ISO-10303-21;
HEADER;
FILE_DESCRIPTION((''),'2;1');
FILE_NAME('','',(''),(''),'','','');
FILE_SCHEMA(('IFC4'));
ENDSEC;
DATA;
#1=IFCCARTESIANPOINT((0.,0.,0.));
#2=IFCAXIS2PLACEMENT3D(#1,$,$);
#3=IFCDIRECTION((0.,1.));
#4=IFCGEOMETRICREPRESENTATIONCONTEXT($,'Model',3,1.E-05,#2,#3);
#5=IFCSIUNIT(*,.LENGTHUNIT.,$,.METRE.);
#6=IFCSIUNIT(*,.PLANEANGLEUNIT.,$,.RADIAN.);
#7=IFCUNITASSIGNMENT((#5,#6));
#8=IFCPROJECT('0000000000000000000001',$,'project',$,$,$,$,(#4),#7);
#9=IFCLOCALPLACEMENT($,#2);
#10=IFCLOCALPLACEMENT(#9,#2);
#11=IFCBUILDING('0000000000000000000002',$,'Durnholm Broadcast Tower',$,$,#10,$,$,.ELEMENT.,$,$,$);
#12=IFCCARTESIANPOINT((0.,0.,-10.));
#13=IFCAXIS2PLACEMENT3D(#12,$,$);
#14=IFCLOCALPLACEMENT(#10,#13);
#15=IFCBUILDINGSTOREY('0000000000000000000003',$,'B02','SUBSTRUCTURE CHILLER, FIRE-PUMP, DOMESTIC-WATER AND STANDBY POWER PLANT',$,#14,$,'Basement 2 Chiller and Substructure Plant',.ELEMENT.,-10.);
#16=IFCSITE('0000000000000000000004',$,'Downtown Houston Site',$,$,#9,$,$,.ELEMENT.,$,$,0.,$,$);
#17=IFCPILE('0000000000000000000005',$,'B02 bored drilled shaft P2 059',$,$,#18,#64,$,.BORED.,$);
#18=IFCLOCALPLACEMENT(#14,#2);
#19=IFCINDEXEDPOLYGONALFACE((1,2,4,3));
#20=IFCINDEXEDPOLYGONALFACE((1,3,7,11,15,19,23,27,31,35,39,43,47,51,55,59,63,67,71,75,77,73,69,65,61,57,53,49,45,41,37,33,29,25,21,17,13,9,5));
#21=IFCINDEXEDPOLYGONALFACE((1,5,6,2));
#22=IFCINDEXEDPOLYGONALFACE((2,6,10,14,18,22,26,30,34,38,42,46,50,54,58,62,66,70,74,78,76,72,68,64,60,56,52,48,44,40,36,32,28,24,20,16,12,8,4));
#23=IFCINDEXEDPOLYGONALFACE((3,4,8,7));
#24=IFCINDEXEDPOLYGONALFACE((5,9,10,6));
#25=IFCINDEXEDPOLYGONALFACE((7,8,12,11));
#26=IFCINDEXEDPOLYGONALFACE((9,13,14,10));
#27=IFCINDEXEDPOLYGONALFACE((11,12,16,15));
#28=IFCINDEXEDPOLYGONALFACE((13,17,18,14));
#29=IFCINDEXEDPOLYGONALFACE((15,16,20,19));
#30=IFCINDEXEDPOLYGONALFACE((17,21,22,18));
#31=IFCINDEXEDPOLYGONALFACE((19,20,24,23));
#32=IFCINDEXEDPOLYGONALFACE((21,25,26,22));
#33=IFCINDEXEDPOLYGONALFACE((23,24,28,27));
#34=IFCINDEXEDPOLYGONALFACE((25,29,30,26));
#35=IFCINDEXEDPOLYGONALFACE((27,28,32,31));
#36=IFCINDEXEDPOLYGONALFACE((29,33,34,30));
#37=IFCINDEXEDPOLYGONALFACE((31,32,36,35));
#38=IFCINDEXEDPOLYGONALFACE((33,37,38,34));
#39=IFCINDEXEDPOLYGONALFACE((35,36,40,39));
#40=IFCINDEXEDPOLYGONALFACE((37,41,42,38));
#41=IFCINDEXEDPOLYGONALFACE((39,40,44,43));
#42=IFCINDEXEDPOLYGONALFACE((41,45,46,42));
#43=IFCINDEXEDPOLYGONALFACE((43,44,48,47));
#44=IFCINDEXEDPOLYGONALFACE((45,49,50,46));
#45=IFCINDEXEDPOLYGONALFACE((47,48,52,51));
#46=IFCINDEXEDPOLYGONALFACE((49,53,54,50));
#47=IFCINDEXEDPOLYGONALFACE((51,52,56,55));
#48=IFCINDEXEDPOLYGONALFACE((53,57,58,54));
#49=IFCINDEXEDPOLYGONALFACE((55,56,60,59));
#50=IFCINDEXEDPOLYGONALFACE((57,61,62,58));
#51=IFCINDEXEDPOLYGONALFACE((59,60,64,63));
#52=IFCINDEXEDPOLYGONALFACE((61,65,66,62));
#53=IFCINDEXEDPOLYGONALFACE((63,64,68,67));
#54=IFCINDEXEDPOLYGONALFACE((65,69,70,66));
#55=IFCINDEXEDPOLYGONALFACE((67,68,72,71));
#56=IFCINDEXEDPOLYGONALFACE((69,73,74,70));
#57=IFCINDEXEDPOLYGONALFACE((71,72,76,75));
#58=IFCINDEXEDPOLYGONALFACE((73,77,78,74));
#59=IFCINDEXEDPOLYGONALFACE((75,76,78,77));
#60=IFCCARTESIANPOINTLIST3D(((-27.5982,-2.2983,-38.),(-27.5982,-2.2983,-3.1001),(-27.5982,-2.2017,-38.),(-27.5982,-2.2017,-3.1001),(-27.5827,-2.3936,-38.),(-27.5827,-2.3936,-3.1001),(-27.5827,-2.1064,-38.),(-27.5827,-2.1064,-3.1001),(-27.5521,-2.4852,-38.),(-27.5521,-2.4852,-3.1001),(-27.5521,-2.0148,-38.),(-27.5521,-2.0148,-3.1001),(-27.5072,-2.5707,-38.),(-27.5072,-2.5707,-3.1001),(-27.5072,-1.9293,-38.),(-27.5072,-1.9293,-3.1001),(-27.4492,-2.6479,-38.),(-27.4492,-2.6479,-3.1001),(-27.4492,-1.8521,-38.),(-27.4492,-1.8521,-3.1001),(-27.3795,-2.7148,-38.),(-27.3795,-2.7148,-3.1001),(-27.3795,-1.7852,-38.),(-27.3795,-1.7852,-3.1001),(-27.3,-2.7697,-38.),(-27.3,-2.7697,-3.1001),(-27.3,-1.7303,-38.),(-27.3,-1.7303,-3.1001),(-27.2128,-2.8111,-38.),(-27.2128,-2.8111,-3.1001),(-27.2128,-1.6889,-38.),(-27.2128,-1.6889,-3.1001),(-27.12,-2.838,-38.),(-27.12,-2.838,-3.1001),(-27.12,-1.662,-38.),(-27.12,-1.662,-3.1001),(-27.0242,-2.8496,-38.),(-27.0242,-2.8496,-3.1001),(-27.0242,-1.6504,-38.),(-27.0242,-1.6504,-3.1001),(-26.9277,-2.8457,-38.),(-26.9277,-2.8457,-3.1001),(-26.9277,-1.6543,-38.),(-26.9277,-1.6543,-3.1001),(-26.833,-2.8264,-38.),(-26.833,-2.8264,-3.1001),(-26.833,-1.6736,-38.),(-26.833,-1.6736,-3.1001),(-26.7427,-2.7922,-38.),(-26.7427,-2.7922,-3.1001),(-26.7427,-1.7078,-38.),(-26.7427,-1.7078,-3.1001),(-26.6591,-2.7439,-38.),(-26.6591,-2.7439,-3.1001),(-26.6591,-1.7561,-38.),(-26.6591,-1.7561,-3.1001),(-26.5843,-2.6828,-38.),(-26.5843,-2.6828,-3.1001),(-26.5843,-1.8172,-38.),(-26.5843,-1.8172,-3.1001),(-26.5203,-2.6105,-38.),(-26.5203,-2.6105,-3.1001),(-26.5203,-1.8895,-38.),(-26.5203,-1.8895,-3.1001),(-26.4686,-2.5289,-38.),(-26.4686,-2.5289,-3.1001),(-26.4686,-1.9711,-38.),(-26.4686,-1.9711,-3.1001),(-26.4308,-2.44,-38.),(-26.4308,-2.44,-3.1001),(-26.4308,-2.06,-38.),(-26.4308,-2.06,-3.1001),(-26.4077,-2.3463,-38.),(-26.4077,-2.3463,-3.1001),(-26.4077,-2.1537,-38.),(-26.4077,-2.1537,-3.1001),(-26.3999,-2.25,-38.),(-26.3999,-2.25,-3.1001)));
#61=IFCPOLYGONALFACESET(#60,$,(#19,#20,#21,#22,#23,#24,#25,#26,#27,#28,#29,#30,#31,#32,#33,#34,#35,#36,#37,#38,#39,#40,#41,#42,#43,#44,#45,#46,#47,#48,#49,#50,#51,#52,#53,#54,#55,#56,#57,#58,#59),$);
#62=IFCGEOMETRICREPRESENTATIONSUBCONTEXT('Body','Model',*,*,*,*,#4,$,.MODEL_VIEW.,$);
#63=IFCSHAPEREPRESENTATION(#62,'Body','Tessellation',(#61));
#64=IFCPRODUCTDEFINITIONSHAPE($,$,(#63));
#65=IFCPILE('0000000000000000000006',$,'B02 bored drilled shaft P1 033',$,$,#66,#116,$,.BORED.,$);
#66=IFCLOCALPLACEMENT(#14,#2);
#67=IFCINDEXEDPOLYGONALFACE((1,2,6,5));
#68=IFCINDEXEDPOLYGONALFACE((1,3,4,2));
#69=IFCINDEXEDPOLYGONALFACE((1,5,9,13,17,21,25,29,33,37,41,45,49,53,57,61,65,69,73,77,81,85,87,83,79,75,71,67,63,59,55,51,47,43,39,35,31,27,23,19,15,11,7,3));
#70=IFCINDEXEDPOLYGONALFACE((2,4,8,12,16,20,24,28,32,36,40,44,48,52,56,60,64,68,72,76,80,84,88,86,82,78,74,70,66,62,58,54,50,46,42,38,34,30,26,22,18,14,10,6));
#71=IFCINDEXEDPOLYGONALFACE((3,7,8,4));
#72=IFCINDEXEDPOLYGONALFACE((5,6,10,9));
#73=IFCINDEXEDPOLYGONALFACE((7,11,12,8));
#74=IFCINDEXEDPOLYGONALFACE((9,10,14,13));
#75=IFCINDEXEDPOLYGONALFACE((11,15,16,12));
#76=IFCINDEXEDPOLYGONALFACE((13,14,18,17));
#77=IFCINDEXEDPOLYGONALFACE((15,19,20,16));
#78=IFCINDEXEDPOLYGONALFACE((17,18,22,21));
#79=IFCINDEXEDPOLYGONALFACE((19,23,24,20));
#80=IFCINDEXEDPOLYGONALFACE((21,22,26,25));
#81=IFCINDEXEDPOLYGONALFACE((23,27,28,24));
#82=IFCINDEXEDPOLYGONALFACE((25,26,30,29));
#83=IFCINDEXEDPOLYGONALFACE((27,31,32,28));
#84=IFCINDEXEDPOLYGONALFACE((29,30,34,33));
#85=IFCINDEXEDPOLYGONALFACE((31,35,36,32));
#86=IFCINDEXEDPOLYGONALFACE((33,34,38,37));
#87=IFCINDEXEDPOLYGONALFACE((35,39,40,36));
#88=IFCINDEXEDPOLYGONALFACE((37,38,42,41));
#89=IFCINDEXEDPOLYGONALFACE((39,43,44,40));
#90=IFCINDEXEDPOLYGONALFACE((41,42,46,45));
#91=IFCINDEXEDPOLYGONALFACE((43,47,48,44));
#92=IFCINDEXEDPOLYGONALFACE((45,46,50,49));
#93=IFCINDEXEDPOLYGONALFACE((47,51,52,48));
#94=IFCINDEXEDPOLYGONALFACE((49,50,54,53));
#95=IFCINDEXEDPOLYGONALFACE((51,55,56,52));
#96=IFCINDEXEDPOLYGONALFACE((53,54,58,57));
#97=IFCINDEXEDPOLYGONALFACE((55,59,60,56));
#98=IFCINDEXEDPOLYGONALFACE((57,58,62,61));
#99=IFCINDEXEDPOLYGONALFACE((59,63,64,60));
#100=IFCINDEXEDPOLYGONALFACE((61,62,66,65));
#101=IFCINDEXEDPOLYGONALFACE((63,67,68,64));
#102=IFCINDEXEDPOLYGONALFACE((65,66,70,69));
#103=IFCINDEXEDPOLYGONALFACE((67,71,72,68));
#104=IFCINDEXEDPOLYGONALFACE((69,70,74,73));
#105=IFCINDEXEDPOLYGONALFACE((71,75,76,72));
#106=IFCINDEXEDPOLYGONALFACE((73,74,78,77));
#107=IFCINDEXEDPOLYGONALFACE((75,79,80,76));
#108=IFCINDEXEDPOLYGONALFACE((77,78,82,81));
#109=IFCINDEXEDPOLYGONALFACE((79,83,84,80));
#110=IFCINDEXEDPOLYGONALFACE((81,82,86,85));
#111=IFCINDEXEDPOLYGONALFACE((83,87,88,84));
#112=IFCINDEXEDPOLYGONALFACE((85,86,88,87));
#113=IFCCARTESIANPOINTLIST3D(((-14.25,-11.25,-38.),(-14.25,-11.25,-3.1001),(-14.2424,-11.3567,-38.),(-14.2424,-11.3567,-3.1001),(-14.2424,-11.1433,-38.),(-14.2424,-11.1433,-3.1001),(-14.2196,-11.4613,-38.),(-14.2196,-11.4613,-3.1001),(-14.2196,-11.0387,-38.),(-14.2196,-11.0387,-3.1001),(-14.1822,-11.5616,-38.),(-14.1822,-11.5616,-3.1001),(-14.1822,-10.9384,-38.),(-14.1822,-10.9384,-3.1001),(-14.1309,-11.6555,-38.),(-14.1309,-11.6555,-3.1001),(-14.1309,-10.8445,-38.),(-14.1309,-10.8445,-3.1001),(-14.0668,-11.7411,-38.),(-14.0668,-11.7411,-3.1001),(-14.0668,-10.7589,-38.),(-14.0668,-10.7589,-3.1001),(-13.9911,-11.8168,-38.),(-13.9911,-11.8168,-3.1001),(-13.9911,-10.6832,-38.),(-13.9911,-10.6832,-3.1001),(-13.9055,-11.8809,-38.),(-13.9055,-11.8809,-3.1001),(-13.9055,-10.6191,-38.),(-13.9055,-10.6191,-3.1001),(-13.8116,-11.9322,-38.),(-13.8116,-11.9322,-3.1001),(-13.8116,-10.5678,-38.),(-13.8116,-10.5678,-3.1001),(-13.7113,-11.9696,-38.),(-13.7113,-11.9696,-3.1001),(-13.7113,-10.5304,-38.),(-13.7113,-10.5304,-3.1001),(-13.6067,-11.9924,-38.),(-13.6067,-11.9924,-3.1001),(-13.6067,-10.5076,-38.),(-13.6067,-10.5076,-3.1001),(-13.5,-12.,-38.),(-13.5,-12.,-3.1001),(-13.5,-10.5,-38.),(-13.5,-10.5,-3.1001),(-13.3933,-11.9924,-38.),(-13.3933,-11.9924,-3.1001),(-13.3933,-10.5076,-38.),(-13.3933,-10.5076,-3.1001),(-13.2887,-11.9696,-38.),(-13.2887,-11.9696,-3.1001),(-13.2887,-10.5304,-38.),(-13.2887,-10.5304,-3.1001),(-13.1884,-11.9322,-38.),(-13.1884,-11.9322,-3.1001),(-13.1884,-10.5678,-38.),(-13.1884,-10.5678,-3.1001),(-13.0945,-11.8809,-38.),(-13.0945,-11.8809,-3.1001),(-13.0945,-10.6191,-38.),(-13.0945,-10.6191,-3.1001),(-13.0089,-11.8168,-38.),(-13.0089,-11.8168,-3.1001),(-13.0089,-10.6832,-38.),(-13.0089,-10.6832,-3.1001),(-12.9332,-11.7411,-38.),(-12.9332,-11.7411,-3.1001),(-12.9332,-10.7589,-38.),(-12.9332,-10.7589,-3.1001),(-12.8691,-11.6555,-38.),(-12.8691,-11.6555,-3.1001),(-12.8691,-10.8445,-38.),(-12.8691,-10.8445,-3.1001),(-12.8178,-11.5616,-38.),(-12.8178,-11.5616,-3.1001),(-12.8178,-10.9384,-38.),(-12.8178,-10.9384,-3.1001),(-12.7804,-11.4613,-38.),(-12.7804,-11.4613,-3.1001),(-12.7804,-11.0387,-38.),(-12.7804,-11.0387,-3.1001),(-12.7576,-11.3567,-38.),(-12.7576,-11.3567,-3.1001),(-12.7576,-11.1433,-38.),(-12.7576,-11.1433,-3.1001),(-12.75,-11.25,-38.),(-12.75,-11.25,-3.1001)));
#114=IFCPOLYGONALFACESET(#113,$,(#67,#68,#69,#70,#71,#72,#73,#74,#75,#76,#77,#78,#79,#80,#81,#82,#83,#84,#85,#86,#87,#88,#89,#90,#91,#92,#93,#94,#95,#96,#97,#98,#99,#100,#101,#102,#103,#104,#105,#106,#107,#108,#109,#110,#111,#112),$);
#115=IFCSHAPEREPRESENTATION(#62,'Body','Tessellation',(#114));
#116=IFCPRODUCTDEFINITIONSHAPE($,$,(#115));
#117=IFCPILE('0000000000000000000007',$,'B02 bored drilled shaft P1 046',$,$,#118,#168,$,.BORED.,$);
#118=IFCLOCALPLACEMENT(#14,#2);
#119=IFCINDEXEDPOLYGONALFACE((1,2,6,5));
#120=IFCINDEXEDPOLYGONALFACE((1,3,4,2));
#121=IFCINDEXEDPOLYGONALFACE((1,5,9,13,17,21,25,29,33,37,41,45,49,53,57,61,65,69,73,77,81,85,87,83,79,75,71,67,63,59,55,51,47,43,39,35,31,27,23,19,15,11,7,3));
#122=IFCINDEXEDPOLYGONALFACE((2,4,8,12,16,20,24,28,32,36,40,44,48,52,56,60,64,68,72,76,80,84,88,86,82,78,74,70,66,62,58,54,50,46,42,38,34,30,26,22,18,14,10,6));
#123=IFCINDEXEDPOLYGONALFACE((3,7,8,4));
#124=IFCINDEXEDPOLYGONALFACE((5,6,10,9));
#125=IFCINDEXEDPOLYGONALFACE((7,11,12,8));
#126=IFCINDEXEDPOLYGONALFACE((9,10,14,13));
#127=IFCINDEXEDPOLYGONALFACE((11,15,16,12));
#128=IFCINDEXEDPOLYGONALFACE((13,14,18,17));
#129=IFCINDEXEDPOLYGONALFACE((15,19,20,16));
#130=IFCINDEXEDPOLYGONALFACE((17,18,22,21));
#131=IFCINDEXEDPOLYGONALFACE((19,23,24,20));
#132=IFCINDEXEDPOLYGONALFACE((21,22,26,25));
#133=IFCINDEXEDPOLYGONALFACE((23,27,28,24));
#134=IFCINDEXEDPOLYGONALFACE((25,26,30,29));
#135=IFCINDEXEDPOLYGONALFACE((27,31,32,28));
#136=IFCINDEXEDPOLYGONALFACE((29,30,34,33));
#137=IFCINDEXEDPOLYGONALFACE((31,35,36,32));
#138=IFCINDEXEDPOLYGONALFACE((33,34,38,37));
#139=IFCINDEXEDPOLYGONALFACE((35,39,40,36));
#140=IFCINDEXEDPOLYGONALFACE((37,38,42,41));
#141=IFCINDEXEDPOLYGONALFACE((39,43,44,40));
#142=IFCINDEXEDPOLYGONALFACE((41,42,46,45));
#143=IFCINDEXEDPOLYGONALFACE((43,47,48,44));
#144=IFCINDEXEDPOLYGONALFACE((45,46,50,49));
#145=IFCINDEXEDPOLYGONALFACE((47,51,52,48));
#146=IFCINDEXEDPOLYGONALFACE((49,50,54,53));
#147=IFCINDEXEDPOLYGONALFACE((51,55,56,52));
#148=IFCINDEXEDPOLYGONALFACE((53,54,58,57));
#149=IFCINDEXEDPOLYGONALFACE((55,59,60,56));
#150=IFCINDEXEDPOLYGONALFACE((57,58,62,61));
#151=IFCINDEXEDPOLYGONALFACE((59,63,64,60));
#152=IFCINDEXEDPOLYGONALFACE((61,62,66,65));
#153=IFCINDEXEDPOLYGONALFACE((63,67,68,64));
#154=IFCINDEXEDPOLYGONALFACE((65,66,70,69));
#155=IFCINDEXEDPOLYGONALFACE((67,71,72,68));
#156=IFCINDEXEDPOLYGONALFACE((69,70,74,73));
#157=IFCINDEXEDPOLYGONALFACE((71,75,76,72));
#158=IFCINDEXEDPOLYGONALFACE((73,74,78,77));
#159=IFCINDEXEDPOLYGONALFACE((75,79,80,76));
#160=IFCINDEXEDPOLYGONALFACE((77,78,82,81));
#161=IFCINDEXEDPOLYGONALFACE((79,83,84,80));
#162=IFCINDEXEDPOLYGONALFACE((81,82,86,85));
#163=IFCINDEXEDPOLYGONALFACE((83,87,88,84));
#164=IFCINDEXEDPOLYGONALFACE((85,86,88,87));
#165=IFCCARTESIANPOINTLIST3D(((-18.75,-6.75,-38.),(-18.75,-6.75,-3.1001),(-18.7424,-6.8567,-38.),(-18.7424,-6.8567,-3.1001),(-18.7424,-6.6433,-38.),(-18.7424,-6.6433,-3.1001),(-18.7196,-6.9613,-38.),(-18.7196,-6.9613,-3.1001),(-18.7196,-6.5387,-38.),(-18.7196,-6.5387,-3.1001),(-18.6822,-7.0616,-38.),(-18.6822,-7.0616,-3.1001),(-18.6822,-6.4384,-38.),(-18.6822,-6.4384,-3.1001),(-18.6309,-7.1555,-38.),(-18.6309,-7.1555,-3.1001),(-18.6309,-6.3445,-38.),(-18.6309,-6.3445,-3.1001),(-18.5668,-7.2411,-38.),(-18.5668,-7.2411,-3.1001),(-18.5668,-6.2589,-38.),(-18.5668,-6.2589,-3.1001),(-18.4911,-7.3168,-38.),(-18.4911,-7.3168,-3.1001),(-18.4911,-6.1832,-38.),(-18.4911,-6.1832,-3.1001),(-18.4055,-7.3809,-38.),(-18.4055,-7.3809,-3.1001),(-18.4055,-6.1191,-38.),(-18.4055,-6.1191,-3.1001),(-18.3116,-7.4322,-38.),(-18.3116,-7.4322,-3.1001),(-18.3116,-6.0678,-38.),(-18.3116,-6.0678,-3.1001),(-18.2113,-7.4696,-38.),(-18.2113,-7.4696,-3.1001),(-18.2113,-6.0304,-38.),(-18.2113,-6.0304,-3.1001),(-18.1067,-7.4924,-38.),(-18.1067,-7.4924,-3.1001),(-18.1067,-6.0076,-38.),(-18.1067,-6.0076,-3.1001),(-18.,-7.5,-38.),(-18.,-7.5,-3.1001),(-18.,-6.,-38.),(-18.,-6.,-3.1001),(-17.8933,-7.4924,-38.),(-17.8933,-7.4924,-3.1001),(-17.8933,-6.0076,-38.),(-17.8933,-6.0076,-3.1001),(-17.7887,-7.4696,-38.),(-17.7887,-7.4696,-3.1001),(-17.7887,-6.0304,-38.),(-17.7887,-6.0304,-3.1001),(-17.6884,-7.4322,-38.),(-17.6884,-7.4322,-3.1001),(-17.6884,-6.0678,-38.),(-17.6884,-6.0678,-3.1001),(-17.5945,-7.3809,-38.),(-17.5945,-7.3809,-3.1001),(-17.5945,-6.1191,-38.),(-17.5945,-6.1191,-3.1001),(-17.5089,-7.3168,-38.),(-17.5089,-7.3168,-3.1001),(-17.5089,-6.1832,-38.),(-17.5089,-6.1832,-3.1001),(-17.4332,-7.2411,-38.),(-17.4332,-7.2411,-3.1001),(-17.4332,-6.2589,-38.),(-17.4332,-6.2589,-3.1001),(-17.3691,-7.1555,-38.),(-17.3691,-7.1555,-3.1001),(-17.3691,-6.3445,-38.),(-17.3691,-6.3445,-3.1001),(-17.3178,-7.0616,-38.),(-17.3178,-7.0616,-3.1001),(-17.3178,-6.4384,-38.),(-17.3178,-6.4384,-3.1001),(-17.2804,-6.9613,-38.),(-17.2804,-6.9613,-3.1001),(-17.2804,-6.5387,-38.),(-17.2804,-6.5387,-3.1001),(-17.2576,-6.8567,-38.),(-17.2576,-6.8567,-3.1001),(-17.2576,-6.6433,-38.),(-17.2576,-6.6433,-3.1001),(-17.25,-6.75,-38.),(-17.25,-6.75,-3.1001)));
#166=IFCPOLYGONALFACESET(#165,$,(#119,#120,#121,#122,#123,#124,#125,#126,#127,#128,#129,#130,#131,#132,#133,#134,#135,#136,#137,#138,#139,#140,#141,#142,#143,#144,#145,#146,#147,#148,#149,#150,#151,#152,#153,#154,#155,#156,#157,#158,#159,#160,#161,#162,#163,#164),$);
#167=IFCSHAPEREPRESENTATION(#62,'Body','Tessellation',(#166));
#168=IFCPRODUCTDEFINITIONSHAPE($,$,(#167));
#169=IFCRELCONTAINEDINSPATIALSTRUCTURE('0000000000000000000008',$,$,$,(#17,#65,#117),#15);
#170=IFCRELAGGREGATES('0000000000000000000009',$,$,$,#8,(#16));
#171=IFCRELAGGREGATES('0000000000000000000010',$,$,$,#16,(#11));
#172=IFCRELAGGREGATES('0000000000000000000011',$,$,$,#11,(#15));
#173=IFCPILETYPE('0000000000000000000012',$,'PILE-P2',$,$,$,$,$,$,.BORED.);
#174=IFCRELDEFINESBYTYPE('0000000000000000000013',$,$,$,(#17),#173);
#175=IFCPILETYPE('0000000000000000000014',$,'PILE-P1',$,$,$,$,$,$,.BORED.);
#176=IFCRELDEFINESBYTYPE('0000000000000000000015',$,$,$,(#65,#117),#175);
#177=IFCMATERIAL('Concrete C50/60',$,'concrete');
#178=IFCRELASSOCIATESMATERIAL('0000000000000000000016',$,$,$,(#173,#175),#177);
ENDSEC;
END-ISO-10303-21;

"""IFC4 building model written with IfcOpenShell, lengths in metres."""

from ifc_helpers import new_model, si_unit, direction, frame, origin, origin_2d, place, context, subcontext, project, spatial, circle, extrude, source, transform, mapped, material, material_profile, profile_set, type_object, type_shapes, element, save


model = new_model("IFC4")

# Units and contexts
model_context = context("Model", 3, precision=1e-05, world=origin(), true_north=direction((0.0, 1.0)))
body_context = subcontext(model_context, "Body", "Model", "MODEL_VIEW")
ifc_project = project(units=[si_unit("LENGTHUNIT", "METRE"), si_unit("PLANEANGLEUNIT", "RADIAN")], contexts=[model_context])

# Site, building, storey
site_placement = place(None, origin())
site = spatial("IfcSite", under=ifc_project, at=site_placement, Name="Downtown Houston Site", CompositionType="ELEMENT", RefElevation=0.0)
building_placement = place(site_placement, origin())
building = spatial("IfcBuilding", under=site, at=building_placement, Name="Durnholm Broadcast Tower", CompositionType="ELEMENT")
storey_placement = place(building_placement, frame((0.0, 0.0, -10.0)))
storey = spatial("IfcBuildingStorey", under=building, at=storey_placement, Name="B02", Description="SUBSTRUCTURE CHILLER, FIRE-PUMP, DOMESTIC-WATER AND STANDBY POWER PLANT", LongName="Basement 2 Chiller and Substructure Plant", CompositionType="ELEMENT", Elevation=-10.0)

# Piles
ifc_material_1 = material(Name="Concrete C50/60", Category="concrete")
ifc_material_profile_1 = material_profile(ifc_material_1, circle(Radius=0.6001, at=origin_2d()), Name="PILE1200")
ifc_profile_set_1 = profile_set([ifc_material_profile_1], Name="Concrete C50/60")
pile_type_1 = type_object("IfcPileType", Name="PILE-P2", PredefinedType="BORED", material=ifc_profile_set_1)
shared_shape_1 = source(origin(), body_context, "Body", "SweptSolid", [
    extrude(circle(Radius=0.6001, at=origin_2d()), origin(), (0.0, 0.0, 1.0), 34.8999),
])
type_shapes(pile_type_1, [shared_shape_1])
for number, where, z_axis, x_axis, name in (
    (1, (-27.0, -2.25, -3.1001), (0.0, 0.0, -1.0), (1.0, 0.0, 0.0), "B02 bored drilled shaft P2 059"),
):
    element("IfcPile", number, at=place(storey_placement, frame(where, z_axis=z_axis, x_axis=x_axis)), inside=storey, type_object=pile_type_1, Name=name, PredefinedType="BORED", context=body_context, shape_type="MappedRepresentation", body=[
        mapped(shared_shape_1, transform((0.0, 0.0, 0.0), x_axis=(1.0, 0.0, 0.0), y_axis=(0.0, 1.0, 0.0), z_axis=(0.0, 0.0, 1.0), scale=1.0)),
    ])
ifc_material_profile_2 = material_profile(ifc_material_1, circle(Radius=0.75, at=origin_2d()), Name="PILE1500")
ifc_profile_set_2 = profile_set([ifc_material_profile_2], Name="Concrete C50/60")
pile_type_2 = type_object("IfcPileType", Name="PILE-P1", PredefinedType="BORED", material=ifc_profile_set_2)
shared_shape_2 = source(origin(), body_context, "Body", "SweptSolid", [
    extrude(circle(Radius=0.75, at=origin_2d()), origin(), (0.0, 0.0, 1.0), 34.8999),
])
type_shapes(pile_type_2, [shared_shape_2])
for number, where, z_axis, x_axis, name in (
    (2, (-13.5, -11.25, -3.1001), (0.0, 0.0, -1.0), (1.0, 0.0, 0.0), "B02 bored drilled shaft P1 033"),
    (3, (-18.0, -6.75, -3.1001), (0.0, 0.0, -1.0), (1.0, 0.0, 0.0), "B02 bored drilled shaft P1 046"),
):
    element("IfcPile", number, at=place(storey_placement, frame(where, z_axis=z_axis, x_axis=x_axis)), inside=storey, type_object=pile_type_2, Name=name, PredefinedType="BORED", context=body_context, shape_type="MappedRepresentation", body=[
        mapped(shared_shape_2, transform((0.0, 0.0, 0.0), x_axis=(1.0, 0.0, 0.0), y_axis=(0.0, 1.0, 0.0), z_axis=(0.0, 0.0, 1.0), scale=1.0)),
    ])

save(model, "model.ifc")
